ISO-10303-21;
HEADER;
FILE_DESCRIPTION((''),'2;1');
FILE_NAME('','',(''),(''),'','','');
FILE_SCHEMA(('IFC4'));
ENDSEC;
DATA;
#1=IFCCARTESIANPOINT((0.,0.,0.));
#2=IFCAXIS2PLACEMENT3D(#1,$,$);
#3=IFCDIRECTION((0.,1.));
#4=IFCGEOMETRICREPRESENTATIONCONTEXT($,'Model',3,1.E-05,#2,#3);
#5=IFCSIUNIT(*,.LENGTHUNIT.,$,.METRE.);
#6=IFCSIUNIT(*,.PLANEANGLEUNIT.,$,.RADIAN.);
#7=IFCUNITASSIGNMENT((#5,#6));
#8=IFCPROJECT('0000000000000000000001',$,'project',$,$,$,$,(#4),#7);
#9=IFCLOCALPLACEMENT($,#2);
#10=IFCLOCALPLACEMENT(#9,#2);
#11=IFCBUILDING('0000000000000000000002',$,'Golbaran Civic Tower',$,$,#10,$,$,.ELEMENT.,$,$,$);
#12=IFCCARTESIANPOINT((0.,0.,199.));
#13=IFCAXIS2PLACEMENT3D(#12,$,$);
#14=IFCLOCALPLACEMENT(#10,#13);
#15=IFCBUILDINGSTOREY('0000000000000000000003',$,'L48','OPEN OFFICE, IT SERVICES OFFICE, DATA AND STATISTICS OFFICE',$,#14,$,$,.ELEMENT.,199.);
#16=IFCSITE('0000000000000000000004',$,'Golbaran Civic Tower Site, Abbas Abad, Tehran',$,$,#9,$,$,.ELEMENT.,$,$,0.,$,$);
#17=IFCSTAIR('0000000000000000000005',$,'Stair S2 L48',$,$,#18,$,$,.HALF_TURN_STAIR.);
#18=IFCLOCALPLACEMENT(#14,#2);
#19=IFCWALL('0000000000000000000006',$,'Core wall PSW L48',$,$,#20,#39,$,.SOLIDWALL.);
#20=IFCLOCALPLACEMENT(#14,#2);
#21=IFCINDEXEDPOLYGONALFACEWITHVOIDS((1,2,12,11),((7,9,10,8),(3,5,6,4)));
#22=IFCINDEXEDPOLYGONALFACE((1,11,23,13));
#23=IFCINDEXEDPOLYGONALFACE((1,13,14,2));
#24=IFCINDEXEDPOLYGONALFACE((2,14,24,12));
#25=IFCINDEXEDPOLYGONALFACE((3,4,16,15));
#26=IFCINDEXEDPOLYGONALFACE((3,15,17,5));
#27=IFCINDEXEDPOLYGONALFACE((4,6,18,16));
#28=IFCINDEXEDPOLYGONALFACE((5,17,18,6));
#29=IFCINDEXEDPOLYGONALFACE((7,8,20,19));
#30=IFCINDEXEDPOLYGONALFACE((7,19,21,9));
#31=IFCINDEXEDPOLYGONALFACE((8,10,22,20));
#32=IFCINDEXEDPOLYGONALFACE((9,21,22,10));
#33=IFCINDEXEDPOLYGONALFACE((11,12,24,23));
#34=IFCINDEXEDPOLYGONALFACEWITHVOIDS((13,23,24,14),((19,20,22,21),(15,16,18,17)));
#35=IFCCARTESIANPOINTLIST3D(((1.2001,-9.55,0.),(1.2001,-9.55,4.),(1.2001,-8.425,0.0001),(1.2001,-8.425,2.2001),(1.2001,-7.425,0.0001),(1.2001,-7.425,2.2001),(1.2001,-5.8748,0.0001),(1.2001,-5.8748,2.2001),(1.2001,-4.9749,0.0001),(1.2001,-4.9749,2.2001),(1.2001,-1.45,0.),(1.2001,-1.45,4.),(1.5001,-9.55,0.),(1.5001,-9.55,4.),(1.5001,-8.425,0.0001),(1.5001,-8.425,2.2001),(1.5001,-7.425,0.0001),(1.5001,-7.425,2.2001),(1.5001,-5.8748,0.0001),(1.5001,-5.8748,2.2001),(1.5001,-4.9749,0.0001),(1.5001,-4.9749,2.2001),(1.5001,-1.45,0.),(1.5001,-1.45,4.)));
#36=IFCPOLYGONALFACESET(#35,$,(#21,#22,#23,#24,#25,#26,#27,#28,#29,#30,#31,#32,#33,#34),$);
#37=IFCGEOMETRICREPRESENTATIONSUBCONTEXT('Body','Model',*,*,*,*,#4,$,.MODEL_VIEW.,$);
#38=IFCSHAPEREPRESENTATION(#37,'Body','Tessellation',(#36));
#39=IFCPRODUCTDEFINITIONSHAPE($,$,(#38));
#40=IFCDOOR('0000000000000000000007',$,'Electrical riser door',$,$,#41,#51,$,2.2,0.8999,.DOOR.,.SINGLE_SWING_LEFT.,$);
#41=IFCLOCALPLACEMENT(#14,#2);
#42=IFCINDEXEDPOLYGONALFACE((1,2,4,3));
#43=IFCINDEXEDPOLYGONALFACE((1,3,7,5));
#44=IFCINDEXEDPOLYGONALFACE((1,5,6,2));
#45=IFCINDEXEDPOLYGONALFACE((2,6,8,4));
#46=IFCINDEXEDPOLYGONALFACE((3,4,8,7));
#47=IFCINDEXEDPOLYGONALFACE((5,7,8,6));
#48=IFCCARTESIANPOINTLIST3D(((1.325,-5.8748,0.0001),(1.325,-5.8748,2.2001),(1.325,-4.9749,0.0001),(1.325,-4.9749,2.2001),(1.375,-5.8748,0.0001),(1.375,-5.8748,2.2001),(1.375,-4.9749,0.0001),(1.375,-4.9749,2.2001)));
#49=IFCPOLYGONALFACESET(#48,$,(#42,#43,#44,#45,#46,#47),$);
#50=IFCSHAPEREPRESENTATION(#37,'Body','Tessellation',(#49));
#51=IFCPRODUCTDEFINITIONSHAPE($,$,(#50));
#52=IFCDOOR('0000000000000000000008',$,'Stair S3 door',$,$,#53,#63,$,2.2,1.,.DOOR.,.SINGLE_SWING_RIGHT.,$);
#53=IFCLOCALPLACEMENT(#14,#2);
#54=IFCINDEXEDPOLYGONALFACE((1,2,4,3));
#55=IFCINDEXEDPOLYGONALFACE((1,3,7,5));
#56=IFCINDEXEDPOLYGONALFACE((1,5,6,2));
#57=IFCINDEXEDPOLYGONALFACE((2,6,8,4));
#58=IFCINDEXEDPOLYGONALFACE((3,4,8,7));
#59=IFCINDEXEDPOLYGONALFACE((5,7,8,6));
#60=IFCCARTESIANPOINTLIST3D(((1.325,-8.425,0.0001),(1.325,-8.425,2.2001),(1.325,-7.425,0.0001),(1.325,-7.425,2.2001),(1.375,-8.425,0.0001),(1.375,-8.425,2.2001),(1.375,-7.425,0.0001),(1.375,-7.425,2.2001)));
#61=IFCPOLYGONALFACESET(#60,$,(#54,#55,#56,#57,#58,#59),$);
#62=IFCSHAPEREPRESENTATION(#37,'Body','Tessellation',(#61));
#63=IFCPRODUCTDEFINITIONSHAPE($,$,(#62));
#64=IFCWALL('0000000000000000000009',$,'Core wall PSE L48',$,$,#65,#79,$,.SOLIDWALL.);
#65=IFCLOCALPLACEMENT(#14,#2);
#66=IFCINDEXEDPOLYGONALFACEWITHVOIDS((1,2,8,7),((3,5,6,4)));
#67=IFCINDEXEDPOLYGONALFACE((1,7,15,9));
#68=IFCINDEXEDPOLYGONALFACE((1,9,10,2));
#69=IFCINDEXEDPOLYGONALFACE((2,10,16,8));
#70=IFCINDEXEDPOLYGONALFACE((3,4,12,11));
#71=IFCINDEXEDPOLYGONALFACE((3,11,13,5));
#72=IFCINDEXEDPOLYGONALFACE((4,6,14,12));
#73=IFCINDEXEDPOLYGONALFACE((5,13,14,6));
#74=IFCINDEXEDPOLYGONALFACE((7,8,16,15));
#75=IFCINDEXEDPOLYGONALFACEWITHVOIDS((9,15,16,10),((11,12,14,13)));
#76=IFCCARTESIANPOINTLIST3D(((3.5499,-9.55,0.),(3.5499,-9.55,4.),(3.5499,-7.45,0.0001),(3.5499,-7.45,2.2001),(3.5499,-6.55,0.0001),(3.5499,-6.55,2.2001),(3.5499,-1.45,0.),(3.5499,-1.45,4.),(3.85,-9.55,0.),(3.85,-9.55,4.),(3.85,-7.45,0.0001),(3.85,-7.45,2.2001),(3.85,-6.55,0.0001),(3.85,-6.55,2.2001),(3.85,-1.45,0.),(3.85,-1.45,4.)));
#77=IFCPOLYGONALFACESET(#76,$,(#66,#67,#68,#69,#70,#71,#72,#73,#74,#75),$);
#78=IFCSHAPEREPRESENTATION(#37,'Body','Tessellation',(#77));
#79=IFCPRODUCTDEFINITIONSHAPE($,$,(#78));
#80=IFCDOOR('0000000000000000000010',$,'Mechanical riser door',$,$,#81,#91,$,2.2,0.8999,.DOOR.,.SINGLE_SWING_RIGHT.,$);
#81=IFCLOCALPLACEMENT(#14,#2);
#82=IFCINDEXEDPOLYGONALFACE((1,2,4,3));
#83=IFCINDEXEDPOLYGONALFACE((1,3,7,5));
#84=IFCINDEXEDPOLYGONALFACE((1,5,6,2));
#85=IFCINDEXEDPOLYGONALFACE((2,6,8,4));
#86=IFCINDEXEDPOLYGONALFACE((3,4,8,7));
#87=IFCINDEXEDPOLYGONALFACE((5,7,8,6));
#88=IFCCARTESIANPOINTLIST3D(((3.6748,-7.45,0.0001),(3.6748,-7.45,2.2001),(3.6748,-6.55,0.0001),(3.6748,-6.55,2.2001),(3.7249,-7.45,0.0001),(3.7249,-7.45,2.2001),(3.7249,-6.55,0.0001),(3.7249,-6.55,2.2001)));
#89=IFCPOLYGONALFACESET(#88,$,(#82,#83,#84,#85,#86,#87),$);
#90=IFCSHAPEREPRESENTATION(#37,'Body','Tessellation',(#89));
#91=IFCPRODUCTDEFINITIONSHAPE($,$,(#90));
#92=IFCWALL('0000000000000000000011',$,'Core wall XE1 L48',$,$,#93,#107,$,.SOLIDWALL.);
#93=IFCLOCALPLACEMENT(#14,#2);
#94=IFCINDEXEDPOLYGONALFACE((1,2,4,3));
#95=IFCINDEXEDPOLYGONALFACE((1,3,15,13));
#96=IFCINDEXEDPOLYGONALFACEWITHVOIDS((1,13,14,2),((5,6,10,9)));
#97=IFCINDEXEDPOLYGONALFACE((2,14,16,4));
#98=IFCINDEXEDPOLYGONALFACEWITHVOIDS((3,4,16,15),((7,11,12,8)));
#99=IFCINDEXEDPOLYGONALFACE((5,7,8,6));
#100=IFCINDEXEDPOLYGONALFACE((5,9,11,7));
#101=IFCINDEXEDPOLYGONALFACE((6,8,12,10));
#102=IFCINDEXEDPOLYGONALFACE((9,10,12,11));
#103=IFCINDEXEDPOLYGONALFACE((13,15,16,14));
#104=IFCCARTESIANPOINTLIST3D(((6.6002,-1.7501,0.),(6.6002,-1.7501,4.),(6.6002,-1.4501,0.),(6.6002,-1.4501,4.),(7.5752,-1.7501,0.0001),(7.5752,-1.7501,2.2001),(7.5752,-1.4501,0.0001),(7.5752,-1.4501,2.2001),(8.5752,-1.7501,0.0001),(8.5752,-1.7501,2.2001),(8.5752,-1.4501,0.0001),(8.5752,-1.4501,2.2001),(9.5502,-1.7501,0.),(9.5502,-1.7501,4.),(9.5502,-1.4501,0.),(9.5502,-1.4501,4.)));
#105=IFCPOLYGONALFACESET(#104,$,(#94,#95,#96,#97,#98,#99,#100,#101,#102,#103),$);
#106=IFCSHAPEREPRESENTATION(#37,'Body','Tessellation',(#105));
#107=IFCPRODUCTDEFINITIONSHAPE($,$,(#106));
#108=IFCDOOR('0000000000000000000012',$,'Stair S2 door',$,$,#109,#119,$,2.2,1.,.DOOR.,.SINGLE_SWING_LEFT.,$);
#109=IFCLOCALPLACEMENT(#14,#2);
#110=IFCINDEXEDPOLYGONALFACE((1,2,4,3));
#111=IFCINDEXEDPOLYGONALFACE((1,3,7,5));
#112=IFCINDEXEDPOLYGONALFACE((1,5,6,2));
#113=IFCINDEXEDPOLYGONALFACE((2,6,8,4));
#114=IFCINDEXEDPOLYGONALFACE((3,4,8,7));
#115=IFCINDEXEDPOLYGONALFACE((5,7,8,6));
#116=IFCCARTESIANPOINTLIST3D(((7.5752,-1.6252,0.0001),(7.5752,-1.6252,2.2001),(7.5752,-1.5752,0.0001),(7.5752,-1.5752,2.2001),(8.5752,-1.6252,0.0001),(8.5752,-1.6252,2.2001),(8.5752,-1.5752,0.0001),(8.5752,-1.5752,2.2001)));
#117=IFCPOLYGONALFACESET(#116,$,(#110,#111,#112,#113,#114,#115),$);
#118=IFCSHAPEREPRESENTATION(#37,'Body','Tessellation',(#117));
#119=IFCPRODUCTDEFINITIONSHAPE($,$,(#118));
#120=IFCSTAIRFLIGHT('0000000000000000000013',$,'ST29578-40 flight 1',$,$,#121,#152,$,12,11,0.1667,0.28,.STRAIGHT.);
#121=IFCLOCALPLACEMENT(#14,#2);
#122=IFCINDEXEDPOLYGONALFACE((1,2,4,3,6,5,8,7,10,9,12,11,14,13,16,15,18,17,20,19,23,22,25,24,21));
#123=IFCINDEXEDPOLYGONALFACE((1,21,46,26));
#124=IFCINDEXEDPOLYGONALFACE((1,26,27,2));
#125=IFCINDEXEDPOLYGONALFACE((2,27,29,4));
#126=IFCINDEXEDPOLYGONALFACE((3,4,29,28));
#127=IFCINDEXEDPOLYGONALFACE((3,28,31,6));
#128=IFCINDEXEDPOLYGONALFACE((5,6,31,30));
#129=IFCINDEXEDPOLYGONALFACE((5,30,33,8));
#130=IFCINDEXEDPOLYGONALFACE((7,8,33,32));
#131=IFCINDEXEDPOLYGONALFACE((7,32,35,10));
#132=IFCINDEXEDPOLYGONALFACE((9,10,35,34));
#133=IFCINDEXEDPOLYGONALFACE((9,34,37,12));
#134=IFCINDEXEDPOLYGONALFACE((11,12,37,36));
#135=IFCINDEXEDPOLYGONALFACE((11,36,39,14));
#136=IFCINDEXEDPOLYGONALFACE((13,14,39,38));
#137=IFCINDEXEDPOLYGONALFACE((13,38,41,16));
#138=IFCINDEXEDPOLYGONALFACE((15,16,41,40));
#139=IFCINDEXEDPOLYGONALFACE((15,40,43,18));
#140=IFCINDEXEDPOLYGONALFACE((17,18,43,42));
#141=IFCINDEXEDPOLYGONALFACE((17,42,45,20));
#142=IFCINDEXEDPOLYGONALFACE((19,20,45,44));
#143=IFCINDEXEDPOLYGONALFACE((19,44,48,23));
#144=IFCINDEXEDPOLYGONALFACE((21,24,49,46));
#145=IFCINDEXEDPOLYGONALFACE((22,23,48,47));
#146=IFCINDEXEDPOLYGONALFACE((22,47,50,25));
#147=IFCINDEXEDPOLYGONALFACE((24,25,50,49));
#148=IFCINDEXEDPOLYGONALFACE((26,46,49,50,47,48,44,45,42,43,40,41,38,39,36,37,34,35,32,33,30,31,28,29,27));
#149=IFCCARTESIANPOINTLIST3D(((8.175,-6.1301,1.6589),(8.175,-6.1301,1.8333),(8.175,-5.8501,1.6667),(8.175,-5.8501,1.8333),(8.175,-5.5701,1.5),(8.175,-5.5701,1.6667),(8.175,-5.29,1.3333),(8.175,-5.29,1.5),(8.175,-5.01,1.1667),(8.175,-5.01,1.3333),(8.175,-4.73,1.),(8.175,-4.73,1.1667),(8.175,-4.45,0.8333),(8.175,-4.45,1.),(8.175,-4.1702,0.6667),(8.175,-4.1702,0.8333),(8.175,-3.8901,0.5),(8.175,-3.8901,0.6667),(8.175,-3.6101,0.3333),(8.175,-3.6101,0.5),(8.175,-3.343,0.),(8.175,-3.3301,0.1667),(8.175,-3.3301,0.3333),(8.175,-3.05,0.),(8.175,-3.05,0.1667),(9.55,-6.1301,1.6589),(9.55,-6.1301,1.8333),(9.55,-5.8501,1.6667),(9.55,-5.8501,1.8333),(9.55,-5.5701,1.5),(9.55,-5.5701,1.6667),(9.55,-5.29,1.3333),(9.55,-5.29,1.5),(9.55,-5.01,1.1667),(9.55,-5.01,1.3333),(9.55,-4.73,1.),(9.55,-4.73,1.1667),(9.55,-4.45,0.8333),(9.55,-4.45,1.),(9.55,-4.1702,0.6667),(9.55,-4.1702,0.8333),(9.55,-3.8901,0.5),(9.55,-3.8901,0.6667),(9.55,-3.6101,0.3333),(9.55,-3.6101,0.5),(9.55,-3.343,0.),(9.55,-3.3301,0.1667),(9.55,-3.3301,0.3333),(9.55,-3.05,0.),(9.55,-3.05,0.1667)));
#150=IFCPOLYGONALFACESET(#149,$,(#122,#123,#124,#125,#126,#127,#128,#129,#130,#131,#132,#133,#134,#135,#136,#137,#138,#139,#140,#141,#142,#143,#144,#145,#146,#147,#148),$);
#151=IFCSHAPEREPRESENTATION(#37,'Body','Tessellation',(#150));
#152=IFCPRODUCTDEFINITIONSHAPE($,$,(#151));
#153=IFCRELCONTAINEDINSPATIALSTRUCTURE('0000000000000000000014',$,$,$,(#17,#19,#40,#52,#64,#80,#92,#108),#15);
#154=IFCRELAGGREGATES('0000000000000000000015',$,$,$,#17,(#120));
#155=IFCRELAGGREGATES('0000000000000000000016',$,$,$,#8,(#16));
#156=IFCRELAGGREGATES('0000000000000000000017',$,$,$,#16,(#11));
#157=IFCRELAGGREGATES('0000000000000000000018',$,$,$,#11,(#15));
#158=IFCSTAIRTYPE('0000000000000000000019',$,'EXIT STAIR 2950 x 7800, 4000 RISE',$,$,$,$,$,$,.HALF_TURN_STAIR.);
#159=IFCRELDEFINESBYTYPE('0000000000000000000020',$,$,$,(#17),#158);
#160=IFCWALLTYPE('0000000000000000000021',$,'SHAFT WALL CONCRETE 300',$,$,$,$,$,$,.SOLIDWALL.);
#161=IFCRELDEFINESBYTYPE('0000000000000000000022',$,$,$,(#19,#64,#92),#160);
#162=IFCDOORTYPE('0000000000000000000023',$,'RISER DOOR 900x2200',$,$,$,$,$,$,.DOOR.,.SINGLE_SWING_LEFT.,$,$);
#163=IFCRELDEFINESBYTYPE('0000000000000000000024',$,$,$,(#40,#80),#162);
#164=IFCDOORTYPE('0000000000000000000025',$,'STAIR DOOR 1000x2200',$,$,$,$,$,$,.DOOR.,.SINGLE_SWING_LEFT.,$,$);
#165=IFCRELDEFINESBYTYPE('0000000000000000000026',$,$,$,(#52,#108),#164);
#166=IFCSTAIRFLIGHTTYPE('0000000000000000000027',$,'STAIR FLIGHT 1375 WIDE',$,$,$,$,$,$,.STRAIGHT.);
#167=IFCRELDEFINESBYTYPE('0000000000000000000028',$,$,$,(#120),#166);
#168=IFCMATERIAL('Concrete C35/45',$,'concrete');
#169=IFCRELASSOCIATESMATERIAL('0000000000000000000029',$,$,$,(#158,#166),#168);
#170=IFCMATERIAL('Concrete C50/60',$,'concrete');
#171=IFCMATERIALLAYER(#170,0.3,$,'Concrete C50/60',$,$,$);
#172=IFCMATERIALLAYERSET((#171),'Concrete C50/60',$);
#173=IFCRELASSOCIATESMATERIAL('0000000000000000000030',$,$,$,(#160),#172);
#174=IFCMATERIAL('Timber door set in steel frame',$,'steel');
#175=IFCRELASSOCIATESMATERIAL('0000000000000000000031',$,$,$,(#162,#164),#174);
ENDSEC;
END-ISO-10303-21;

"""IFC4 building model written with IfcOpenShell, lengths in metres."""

from ifc_helpers import new_model, si_unit, direction, frame, frame_2d, origin, place, context, subcontext, project, spatial, polyline, rectangle, outline, extrude, material, layer, layer_set, type_object, element, fill, aggregate, save


model = new_model("IFC4")

# Units and contexts
model_context = context("Model", 3, precision=1e-05, world=origin(), true_north=direction((0.0, 1.0)))
body_context = subcontext(model_context, "Body", "Model", "MODEL_VIEW")
ifc_project = project(units=[si_unit("LENGTHUNIT", "METRE"), si_unit("PLANEANGLEUNIT", "RADIAN")], contexts=[model_context])

# Site, building, storey
site_placement = place(None, origin())
site = spatial("IfcSite", under=ifc_project, at=site_placement, Name="Golbaran Civic Tower Site, Abbas Abad, Tehran", CompositionType="ELEMENT", RefElevation=0.0)
building_placement = place(site_placement, origin())
building = spatial("IfcBuilding", under=site, at=building_placement, Name="Golbaran Civic Tower", CompositionType="ELEMENT")
storey_placement = place(building_placement, frame((0.0, 0.0, 199.0)))
storey = spatial("IfcBuildingStorey", under=building, at=storey_placement, Name="L48", Description="OPEN OFFICE, IT SERVICES OFFICE, DATA AND STATISTICS OFFICE", CompositionType="ELEMENT", Elevation=199.0)

# Shared definitions
ifc_material_1 = material(Name="Concrete C35/45", Category="concrete")
stair_type = type_object("IfcStairType", Name="EXIT STAIR 2950 x 7800, 4000 RISE", PredefinedType="HALF_TURN_STAIR", material=ifc_material_1)

# Stair
stair_1_placement = place(storey_placement, origin())
stair_1 = element("IfcStair", 1, at=stair_1_placement, inside=storey, type_object=stair_type, Name="Stair S2 L48", PredefinedType="HALF_TURN_STAIR")

# Shared definitions
ifc_material_2 = material(Name="Timber door set in steel frame", Category="steel")

# Shared definitions
ifc_material_3 = material(Name="Concrete C50/60", Category="concrete")
ifc_layer_1 = layer(ifc_material_3, 0.3, Name="Concrete C50/60")
ifc_layer_set_1 = layer_set([ifc_layer_1], Name="Concrete C50/60")
wall_type_1 = type_object("IfcWallType", Name="SHAFT WALL CONCRETE 300", PredefinedType="SOLIDWALL", material=ifc_layer_set_1)

# Wall, openings, doors
wall_1_placement = place(storey_placement, frame((1.3501, -1.45, 0.0), z_axis=(0.0, 0.0, 1.0), x_axis=(0.0, -1.0, 0.0)))
wall_1 = element("IfcWall", 2, at=wall_1_placement, inside=storey, type_object=wall_type_1, Name="Core wall PSW L48", PredefinedType="SOLIDWALL", context=body_context, shape_type="SweptSolid", body=[
    extrude(rectangle(XDim=8.1001, YDim=0.3, at=frame_2d((4.05, 0.0))), origin(), (0.0, 0.0, 1.0), 4.0),
])
opening_1_placement = place(wall_1_placement, frame((5.9751, 0.0, 0.0)))
opening_1 = element("IfcOpeningElement", 3, at=opening_1_placement, cuts=wall_1, PredefinedType="OPENING", context=body_context, shape_type="SweptSolid", body=[
    extrude(rectangle(XDim=1.0, YDim=2.2, at=frame_2d((0.5, 1.1001))), frame((0.0, 0.1599, 0.0), z_axis=(0.0, -1.0, 0.0), x_axis=(1.0, 0.0, 0.0)), (0.0, 0.0, 1.0), 0.3201),
])
opening_2_placement = place(wall_1_placement, frame((3.5249, 0.0, 0.0)))
opening_2 = element("IfcOpeningElement", 4, at=opening_2_placement, cuts=wall_1, PredefinedType="OPENING", context=body_context, shape_type="SweptSolid", body=[
    extrude(rectangle(XDim=0.8999, YDim=2.2, at=frame_2d((0.45, 1.1001))), frame((0.0, 0.1599, 0.0), z_axis=(0.0, -1.0, 0.0), x_axis=(1.0, 0.0, 0.0)), (0.0, 0.0, 1.0), 0.3201),
])
door_type_1 = type_object("IfcDoorType", Name="RISER DOOR 900x2200", OperationType="SINGLE_SWING_LEFT", PredefinedType="DOOR", material=ifc_material_2)
door_1_placement = place(opening_2_placement, origin())
door_1 = element("IfcDoor", 5, at=door_1_placement, inside=storey, type_object=door_type_1, Name="Electrical riser door", OperationType="SINGLE_SWING_LEFT", OverallHeight=2.2, OverallWidth=0.8999, PredefinedType="DOOR", context=body_context, shape_type="SweptSolid", body=[
    extrude(rectangle(XDim=0.8999, YDim=2.2, at=frame_2d((0.45, 1.1001))), frame((0.0, 0.0249, 0.0), z_axis=(0.0, -1.0, 0.0), x_axis=(1.0, 0.0, 0.0)), (0.0, 0.0, 1.0), 0.05),
])
fill(opening_2, door_1)
door_type_2 = type_object("IfcDoorType", Name="STAIR DOOR 1000x2200", OperationType="SINGLE_SWING_LEFT", PredefinedType="DOOR", material=ifc_material_2)
door_2_placement = place(opening_1_placement, origin())
door_2 = element("IfcDoor", 6, at=door_2_placement, inside=storey, type_object=door_type_2, Name="Stair S3 door", OperationType="SINGLE_SWING_RIGHT", OverallHeight=2.2, OverallWidth=1.0, PredefinedType="DOOR", context=body_context, shape_type="SweptSolid", body=[
    extrude(rectangle(XDim=1.0, YDim=2.2, at=frame_2d((0.5, 1.1001))), frame((0.0, 0.0249, 0.0), z_axis=(0.0, -1.0, 0.0), x_axis=(1.0, 0.0, 0.0)), (0.0, 0.0, 1.0), 0.05),
])
fill(opening_1, door_2)

# Walls, openings, doors
wall_2_placement = place(storey_placement, frame((3.7, -1.45, 0.0), z_axis=(0.0, 0.0, 1.0), x_axis=(0.0, -1.0, 0.0)))
wall_2 = element("IfcWall", 7, at=wall_2_placement, inside=storey, type_object=wall_type_1, Name="Core wall PSE L48", PredefinedType="SOLIDWALL", context=body_context, shape_type="SweptSolid", body=[
    extrude(rectangle(XDim=8.1001, YDim=0.3, at=frame_2d((4.05, 0.0))), origin(), (0.0, 0.0, 1.0), 4.0),
])
opening_3_placement = place(wall_2_placement, frame((5.1001, 0.0, 0.0)))
opening_3 = element("IfcOpeningElement", 8, at=opening_3_placement, cuts=wall_2, PredefinedType="OPENING", context=body_context, shape_type="SweptSolid", body=[
    extrude(rectangle(XDim=0.8999, YDim=2.2, at=frame_2d((0.45, 1.1001))), frame((0.0, 0.1599, 0.0), z_axis=(0.0, -1.0, 0.0), x_axis=(1.0, 0.0, 0.0)), (0.0, 0.0, 1.0), 0.3201),
])
door_3_placement = place(opening_3_placement, origin())
door_3 = element("IfcDoor", 9, at=door_3_placement, inside=storey, type_object=door_type_1, Name="Mechanical riser door", OperationType="SINGLE_SWING_RIGHT", OverallHeight=2.2, OverallWidth=0.8999, PredefinedType="DOOR", context=body_context, shape_type="SweptSolid", body=[
    extrude(rectangle(XDim=0.8999, YDim=2.2, at=frame_2d((0.45, 1.1001))), frame((0.0, 0.0249, 0.0), z_axis=(0.0, -1.0, 0.0), x_axis=(1.0, 0.0, 0.0)), (0.0, 0.0, 1.0), 0.05),
])
fill(opening_3, door_3)
wall_3_placement = place(storey_placement, frame((6.6001, -1.6001, 0.0), z_axis=(0.0, 0.0, 1.0), x_axis=(1.0, 0.0, 0.0)))
wall_3 = element("IfcWall", 10, at=wall_3_placement, inside=storey, type_object=wall_type_1, Name="Core wall XE1 L48", PredefinedType="SOLIDWALL", context=body_context, shape_type="SweptSolid", body=[
    extrude(rectangle(XDim=2.95, YDim=0.3, at=frame_2d((1.4751, 0.0))), origin(), (0.0, 0.0, 1.0), 4.0),
])
opening_4_placement = place(wall_3_placement, frame((0.9751, 0.0, 0.0)))
opening_4 = element("IfcOpeningElement", 11, at=opening_4_placement, cuts=wall_3, PredefinedType="OPENING", context=body_context, shape_type="SweptSolid", body=[
    extrude(rectangle(XDim=1.0, YDim=2.2, at=frame_2d((0.5, 1.1001))), frame((0.0, 0.1599, 0.0), z_axis=(0.0, -1.0, 0.0), x_axis=(1.0, 0.0, 0.0)), (0.0, 0.0, 1.0), 0.3201),
])
door_4_placement = place(opening_4_placement, origin())
door_4 = element("IfcDoor", 12, at=door_4_placement, inside=storey, type_object=door_type_2, Name="Stair S2 door", OperationType="SINGLE_SWING_LEFT", OverallHeight=2.2, OverallWidth=1.0, PredefinedType="DOOR", context=body_context, shape_type="SweptSolid", body=[
    extrude(rectangle(XDim=1.0, YDim=2.2, at=frame_2d((0.5, 1.1001))), frame((0.0, 0.0249, 0.0), z_axis=(0.0, -1.0, 0.0), x_axis=(1.0, 0.0, 0.0)), (0.0, 0.0, 1.0), 0.05),
])
fill(opening_4, door_4)

# Stair flight
stair_flight_type = type_object("IfcStairFlightType", Name="STAIR FLIGHT 1375 WIDE", PredefinedType="STRAIGHT", material=ifc_material_1)
stair_flight_1_placement = place(storey_placement, frame((8.8625, -3.05, 0.0), z_axis=(0.0, 0.0, 1.0), x_axis=(0.0, -1.0, 0.0)))
stair_flight_1 = element("IfcStairFlight", 13, at=stair_flight_1_placement, type_object=stair_flight_type, Name="ST29578-40 flight 1", NumberOfRisers=12, NumberOfTreads=11, PredefinedType="STRAIGHT", RiserHeight=0.1667, TreadLength=0.28, context=body_context, shape_type="SweptSolid", body=[
    extrude(outline(polyline([(0.0, 0.0), (0.0, 0.1667), (0.28, 0.1667), (0.28, 0.3333), (0.5601, 0.3333), (0.5601, 0.5), (0.8401, 0.5), (0.8401, 0.6667), (1.1201, 0.6667), (1.1201, 0.8333), (1.3999, 0.8333), (1.3999, 1.0), (1.6799, 1.0), (1.6799, 1.1667), (1.96, 1.1667), (1.96, 1.3333), (2.24, 1.3333), (2.24, 1.5), (2.52, 1.5), (2.52, 1.6667), (2.8, 1.6667), (2.8, 1.8333), (3.0801, 1.8333), (3.0801, 2.0), (3.0801, 1.6589), (0.293, 0.0), (0.0, 0.0)])), frame((0.0, 0.6875, 0.0), z_axis=(0.0, -1.0, 0.0), x_axis=(1.0, 0.0, 0.0)), (0.0, 0.0, 1.0), 1.375),
])
aggregate(stair_1, [stair_flight_1])

save(model, "model.ifc")
